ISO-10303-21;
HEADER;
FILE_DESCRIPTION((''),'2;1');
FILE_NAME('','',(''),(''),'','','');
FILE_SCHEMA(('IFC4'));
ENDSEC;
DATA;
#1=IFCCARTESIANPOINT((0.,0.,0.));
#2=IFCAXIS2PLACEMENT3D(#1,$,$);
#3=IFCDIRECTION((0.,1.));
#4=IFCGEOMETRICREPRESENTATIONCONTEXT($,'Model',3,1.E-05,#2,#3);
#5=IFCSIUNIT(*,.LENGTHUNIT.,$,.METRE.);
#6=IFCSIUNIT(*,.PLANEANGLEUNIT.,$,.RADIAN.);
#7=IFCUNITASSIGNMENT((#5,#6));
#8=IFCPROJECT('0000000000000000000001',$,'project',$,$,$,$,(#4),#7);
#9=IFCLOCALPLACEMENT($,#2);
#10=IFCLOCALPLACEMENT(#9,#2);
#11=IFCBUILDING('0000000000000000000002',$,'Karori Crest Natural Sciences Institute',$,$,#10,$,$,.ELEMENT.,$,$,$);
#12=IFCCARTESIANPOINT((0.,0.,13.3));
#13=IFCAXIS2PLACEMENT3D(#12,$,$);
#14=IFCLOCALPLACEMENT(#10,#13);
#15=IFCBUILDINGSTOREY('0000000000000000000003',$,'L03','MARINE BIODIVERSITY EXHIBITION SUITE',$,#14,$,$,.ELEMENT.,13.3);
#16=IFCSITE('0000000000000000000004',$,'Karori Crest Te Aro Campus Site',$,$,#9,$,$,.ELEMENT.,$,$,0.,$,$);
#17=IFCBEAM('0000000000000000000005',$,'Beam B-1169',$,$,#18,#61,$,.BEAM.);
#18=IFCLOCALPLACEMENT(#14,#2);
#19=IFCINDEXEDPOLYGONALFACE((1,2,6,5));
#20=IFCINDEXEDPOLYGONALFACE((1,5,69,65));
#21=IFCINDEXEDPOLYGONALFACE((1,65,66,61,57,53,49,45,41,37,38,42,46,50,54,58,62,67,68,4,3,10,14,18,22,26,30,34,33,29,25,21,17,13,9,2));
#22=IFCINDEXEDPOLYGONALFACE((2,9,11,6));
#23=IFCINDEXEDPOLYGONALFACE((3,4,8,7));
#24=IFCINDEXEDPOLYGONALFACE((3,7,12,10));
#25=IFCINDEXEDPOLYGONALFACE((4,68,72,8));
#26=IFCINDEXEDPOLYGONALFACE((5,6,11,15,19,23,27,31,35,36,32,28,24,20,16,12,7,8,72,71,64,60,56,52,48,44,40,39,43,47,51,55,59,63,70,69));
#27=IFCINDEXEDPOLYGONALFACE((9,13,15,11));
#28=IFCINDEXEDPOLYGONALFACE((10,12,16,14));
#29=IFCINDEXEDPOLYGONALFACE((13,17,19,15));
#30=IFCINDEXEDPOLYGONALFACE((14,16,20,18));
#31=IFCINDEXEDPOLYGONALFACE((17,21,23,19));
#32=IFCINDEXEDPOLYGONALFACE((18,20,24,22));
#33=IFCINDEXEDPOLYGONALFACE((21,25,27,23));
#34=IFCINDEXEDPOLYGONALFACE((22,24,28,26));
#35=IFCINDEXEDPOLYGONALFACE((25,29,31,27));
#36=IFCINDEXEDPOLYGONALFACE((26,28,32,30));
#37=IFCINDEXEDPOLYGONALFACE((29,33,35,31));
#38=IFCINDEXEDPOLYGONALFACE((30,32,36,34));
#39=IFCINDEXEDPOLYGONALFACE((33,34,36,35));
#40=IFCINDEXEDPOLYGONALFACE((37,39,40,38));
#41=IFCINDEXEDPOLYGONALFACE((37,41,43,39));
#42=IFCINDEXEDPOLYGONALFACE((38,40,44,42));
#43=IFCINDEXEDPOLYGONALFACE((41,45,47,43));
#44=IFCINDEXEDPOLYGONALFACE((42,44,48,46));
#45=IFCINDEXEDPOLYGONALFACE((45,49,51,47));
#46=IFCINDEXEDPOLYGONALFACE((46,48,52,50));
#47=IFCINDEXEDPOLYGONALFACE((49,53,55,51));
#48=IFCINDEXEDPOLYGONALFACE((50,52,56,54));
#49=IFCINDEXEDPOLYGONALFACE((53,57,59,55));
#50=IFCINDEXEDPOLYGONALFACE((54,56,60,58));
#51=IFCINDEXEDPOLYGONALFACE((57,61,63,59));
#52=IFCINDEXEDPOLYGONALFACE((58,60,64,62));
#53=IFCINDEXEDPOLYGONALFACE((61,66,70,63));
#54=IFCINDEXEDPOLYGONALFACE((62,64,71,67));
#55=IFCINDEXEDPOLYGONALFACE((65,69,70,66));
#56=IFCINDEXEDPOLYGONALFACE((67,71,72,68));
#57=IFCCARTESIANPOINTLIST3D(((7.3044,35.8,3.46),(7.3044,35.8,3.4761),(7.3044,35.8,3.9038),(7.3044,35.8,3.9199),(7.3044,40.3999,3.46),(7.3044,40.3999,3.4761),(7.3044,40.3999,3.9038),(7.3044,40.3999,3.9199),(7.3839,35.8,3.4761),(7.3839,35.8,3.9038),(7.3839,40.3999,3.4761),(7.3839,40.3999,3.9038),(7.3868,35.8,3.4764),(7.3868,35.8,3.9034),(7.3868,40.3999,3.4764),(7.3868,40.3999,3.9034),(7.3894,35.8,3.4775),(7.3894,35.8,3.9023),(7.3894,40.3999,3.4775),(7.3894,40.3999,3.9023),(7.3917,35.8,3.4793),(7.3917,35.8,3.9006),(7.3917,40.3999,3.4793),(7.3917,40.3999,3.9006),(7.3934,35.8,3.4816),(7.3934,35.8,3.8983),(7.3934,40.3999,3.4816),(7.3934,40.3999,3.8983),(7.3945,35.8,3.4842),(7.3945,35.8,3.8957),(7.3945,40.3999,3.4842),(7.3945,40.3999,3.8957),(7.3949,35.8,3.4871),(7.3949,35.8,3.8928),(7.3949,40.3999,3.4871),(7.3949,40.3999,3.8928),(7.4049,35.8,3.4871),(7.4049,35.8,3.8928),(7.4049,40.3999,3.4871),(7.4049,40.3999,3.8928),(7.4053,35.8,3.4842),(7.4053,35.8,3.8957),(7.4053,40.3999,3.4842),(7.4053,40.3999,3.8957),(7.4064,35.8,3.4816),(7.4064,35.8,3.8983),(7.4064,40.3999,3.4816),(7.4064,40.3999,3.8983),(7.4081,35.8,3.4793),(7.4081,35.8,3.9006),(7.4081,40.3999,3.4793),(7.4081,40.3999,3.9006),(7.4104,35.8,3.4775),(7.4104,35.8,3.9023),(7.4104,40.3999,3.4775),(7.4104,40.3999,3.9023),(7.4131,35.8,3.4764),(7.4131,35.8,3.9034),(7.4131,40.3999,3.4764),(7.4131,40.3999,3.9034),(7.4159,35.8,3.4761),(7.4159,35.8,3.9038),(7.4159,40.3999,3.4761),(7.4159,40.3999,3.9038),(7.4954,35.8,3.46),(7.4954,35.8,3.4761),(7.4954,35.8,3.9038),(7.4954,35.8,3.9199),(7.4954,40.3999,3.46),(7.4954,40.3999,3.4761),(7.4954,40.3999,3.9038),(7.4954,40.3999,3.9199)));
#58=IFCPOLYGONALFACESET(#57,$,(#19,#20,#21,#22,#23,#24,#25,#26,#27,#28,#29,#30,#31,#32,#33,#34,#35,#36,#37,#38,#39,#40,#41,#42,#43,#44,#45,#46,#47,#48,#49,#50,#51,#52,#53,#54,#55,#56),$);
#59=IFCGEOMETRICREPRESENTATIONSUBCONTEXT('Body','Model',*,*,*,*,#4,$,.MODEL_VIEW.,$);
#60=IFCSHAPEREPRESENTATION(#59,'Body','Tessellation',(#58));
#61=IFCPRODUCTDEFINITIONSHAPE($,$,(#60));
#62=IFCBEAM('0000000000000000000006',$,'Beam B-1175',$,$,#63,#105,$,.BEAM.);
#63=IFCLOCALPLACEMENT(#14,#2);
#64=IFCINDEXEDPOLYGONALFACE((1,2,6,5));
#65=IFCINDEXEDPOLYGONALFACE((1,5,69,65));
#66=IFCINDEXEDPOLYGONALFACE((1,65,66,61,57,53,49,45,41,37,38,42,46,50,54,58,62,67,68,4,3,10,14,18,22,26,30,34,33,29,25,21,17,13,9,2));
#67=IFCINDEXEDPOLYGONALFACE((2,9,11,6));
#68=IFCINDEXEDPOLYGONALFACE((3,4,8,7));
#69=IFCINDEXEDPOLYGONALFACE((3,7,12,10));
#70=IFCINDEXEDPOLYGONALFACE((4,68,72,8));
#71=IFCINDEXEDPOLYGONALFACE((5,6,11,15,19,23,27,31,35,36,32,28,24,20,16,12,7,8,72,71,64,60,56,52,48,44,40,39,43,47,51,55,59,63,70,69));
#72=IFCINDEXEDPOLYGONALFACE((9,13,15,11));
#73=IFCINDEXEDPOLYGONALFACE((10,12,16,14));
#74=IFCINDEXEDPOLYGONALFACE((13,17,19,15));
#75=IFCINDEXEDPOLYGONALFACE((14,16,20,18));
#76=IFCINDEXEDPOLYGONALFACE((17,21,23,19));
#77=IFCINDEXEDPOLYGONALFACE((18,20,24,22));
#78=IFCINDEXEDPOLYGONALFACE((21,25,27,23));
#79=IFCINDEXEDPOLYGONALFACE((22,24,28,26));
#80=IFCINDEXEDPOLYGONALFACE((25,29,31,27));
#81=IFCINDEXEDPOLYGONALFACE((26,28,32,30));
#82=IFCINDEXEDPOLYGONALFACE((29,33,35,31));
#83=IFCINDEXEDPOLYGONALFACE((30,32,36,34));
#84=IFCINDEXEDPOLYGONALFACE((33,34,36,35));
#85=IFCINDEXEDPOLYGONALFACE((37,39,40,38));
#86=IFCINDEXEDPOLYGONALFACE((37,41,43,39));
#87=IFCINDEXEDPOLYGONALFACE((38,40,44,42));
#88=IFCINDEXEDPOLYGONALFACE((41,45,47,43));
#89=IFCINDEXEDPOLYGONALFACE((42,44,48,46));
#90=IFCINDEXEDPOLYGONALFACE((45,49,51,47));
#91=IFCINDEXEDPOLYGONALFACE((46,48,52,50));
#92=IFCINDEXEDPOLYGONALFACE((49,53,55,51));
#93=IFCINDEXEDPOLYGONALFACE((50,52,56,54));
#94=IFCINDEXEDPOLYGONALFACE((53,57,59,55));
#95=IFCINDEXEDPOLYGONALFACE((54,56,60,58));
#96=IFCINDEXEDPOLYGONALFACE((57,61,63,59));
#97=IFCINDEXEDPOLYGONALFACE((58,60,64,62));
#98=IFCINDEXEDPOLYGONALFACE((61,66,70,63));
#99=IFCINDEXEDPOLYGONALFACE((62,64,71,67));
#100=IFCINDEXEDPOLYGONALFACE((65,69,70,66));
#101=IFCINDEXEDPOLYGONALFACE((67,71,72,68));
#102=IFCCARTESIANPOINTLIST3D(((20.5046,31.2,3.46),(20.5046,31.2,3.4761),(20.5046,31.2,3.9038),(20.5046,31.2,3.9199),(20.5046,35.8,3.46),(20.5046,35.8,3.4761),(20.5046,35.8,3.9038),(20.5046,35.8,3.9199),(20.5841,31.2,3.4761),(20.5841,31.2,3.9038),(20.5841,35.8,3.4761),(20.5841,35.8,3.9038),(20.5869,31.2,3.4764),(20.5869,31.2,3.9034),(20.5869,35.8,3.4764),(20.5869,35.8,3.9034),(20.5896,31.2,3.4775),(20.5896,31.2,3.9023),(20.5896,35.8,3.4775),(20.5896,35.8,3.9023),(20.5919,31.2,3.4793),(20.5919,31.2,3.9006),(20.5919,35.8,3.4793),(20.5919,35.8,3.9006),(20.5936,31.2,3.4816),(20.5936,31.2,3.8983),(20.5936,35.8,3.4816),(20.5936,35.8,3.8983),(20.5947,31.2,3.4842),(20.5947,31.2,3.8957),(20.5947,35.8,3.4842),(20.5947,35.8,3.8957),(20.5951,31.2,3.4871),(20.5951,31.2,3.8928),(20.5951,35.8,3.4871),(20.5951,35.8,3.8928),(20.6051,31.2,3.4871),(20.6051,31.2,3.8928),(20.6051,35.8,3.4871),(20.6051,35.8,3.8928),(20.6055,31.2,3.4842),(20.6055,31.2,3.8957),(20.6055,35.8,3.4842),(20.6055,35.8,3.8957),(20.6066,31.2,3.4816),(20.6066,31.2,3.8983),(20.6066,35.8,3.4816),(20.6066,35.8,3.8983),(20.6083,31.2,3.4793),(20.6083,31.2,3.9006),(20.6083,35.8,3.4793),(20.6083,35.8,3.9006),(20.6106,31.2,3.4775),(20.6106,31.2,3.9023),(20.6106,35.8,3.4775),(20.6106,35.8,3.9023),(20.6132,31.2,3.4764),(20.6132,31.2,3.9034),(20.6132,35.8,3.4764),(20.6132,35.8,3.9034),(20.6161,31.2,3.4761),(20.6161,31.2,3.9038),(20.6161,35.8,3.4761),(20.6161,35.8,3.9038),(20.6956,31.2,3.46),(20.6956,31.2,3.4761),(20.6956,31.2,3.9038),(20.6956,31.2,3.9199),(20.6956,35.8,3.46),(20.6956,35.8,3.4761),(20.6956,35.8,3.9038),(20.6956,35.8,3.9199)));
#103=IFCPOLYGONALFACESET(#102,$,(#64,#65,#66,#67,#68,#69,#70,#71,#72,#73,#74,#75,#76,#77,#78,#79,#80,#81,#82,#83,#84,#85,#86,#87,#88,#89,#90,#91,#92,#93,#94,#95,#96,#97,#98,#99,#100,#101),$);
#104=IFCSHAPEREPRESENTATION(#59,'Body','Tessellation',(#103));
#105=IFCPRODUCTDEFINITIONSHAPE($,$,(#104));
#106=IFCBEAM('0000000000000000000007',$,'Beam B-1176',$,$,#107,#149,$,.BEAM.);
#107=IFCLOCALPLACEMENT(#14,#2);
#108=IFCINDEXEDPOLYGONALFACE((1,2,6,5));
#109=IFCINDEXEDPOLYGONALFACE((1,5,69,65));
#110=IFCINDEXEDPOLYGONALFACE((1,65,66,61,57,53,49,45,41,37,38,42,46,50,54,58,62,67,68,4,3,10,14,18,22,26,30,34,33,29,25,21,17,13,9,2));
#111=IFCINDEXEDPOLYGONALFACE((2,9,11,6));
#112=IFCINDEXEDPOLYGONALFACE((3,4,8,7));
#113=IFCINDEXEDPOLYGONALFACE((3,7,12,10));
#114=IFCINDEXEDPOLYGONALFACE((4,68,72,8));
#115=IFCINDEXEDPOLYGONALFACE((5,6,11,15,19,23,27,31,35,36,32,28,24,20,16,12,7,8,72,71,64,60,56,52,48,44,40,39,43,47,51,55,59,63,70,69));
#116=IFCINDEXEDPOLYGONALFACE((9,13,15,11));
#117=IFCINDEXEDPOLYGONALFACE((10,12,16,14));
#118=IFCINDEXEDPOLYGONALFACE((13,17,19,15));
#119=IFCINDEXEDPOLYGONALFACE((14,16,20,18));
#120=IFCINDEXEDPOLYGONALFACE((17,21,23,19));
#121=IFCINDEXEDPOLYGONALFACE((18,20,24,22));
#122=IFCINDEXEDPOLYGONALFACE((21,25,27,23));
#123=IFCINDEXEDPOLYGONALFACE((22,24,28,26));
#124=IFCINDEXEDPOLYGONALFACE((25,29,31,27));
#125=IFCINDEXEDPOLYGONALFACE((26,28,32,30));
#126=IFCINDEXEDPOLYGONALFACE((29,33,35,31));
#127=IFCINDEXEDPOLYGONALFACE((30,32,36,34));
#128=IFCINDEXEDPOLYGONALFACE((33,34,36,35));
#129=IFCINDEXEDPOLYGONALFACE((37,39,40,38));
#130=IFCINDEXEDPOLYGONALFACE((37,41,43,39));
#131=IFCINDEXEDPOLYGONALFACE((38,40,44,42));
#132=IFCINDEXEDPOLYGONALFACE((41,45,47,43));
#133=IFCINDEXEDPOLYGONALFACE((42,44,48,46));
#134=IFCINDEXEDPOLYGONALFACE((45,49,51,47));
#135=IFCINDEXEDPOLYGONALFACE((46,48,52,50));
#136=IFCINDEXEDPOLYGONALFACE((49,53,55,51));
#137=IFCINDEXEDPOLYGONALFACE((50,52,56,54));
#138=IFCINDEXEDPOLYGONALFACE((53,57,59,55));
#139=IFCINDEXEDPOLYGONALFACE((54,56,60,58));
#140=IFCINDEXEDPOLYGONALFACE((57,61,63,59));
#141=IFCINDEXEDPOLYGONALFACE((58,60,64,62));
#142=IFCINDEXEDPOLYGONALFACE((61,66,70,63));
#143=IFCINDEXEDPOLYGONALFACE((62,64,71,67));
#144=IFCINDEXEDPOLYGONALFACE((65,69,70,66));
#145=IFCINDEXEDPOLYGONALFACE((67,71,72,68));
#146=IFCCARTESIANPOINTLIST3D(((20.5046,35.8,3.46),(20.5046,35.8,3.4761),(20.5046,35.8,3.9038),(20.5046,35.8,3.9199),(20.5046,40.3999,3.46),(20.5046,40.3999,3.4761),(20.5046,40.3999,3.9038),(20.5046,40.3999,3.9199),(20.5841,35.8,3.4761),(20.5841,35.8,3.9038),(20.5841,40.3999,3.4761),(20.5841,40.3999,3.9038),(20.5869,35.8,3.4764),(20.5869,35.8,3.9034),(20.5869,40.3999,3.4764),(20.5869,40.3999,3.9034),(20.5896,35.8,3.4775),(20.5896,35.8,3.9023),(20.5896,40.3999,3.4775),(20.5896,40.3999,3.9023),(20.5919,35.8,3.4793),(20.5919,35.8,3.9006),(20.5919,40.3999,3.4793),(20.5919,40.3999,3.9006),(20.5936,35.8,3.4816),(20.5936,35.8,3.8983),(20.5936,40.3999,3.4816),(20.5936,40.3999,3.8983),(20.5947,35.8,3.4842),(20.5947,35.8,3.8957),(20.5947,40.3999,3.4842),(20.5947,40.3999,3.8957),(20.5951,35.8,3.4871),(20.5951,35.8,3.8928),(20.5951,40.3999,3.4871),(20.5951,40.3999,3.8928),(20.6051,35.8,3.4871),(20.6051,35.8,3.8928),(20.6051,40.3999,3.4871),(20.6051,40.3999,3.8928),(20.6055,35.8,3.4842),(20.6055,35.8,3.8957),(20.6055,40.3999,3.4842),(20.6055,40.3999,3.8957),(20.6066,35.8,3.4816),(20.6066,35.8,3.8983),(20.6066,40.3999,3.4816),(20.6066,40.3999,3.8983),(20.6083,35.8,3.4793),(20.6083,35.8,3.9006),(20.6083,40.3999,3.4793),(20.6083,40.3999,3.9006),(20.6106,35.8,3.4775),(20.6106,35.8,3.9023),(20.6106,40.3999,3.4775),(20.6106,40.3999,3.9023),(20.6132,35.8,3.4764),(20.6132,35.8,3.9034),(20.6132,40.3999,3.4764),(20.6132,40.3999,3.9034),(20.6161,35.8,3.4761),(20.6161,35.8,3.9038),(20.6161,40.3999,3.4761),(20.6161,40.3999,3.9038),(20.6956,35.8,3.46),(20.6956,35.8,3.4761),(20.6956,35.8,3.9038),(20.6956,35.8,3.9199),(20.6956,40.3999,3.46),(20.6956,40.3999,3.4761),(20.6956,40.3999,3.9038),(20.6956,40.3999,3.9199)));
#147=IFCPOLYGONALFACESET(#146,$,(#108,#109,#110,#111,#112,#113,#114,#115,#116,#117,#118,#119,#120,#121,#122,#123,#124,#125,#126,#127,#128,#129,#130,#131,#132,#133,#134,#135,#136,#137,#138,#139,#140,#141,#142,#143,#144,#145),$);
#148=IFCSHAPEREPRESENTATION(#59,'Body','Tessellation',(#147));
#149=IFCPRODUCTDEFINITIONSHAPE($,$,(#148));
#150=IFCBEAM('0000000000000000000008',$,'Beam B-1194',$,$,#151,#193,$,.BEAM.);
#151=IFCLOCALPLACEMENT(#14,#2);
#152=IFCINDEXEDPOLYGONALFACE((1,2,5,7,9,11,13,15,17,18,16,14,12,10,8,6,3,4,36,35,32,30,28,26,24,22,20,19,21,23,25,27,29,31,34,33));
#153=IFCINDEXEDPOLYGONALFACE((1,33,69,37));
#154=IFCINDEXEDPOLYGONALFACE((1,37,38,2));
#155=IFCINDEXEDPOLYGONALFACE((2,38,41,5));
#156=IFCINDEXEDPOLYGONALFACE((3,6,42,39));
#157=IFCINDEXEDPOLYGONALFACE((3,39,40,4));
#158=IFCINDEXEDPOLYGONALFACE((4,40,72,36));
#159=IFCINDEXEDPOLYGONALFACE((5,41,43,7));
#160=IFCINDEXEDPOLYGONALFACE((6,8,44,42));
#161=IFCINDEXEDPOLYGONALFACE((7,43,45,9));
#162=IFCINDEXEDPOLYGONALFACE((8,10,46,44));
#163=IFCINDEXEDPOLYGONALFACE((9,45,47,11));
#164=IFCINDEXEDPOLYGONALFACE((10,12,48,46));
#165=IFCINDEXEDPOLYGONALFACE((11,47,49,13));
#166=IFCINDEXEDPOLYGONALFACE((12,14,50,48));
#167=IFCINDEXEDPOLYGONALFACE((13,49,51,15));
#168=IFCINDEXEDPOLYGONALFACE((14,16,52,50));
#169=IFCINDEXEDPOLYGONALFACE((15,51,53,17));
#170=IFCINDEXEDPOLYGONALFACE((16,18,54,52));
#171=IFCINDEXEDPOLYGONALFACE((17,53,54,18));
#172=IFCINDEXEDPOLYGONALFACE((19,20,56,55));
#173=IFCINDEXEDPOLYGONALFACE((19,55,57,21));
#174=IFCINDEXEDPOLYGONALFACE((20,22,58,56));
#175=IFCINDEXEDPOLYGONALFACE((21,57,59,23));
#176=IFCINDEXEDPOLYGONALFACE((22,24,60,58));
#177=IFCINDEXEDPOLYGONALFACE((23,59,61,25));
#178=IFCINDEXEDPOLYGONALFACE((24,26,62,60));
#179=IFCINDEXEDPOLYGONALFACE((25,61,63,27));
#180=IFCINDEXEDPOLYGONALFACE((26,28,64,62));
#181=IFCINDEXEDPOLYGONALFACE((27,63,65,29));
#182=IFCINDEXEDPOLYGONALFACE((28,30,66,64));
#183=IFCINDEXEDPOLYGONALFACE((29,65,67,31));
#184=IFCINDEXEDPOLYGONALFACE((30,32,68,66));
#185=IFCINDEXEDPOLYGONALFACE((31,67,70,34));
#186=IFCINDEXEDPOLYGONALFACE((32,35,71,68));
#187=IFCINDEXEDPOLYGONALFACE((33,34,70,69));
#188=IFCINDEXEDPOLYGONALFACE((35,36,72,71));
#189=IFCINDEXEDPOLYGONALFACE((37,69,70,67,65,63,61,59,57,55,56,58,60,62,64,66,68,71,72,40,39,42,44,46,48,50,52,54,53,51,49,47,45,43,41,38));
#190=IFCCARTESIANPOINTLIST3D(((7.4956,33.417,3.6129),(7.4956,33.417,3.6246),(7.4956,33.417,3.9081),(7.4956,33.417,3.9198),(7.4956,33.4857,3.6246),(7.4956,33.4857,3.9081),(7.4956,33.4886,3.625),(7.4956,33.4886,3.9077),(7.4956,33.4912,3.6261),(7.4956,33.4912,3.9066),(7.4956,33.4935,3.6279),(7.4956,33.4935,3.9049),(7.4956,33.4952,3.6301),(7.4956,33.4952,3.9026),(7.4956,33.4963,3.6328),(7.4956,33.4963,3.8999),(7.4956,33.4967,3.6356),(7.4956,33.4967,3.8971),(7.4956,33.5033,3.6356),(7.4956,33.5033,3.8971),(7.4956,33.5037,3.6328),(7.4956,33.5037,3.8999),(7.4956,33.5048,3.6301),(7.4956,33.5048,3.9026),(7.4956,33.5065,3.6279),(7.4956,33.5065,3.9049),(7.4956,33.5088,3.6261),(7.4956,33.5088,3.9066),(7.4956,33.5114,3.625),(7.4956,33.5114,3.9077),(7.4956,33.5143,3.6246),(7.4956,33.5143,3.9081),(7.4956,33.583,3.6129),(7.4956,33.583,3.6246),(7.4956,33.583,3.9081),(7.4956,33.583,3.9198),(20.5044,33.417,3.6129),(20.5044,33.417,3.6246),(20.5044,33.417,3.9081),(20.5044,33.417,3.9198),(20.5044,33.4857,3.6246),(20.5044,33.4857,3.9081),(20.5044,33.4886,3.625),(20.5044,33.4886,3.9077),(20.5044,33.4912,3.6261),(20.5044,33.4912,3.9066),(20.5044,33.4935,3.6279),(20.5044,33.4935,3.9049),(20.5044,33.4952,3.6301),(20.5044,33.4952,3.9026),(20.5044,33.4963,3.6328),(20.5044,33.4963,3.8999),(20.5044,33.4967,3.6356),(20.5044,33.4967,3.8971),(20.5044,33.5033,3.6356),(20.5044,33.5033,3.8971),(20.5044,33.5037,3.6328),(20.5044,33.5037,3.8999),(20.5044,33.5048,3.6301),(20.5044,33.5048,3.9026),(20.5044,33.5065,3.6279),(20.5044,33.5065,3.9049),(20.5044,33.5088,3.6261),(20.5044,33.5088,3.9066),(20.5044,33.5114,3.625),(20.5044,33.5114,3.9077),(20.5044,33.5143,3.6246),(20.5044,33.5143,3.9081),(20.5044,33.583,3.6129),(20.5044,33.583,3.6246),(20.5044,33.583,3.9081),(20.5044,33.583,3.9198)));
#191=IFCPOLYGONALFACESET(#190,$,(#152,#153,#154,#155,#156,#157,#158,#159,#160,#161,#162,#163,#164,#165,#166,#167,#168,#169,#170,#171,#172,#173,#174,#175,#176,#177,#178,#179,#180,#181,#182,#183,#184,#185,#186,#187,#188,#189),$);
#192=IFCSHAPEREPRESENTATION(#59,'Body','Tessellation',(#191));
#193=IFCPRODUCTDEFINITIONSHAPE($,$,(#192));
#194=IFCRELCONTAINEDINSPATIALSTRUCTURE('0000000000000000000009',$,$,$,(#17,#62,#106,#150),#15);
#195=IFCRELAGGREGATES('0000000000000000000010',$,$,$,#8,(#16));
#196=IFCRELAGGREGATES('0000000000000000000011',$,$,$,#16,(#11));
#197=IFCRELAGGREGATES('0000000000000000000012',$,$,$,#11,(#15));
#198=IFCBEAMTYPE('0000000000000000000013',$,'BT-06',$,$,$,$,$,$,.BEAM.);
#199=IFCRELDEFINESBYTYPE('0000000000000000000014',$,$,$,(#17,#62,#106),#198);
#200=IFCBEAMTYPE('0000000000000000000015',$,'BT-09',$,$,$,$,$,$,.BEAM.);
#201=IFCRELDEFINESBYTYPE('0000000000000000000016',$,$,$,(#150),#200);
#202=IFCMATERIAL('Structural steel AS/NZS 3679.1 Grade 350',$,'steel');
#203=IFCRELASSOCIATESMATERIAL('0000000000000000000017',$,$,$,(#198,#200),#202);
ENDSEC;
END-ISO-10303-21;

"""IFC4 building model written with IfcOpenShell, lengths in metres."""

from ifc_helpers import new_model, si_unit, direction, frame, origin, origin_2d, place, context, subcontext, project, spatial, i_section, extrude, material, material_profile, profile_set, type_object, element, save


model = new_model("IFC4")

# Units and contexts
model_context = context("Model", 3, precision=1e-05, world=origin(), true_north=direction((0.0, 1.0)))
body_context = subcontext(model_context, "Body", "Model", "MODEL_VIEW")
ifc_project = project(units=[si_unit("LENGTHUNIT", "METRE"), si_unit("PLANEANGLEUNIT", "RADIAN")], contexts=[model_context])

# Site, building, storey
site_placement = place(None, origin())
site = spatial("IfcSite", under=ifc_project, at=site_placement, Name="Karori Crest Te Aro Campus Site", CompositionType="ELEMENT", RefElevation=0.0)
building_placement = place(site_placement, origin())
building = spatial("IfcBuilding", under=site, at=building_placement, Name="Karori Crest Natural Sciences Institute", CompositionType="ELEMENT")
storey_placement = place(building_placement, frame((0.0, 0.0, 13.3)))
storey = spatial("IfcBuildingStorey", under=building, at=storey_placement, Name="L03", Description="MARINE BIODIVERSITY EXHIBITION SUITE", CompositionType="ELEMENT", Elevation=13.3)

# Shared definitions
ifc_material_1 = material(Name="Structural steel AS/NZS 3679.1 Grade 350", Category="steel")

# Beams
ifc_material_profile_1 = material_profile(ifc_material_1, i_section(OverallWidth=0.1909, OverallDepth=0.46, WebThickness=0.01, FlangeThickness=0.0161, FilletRadius=0.011, at=origin_2d()), Name="460UB82.1")
ifc_profile_set_1 = profile_set([ifc_material_profile_1], Name="Structural steel AS/NZS 3679.1 Grade 350")
beam_type_1 = type_object("IfcBeamType", Name="BT-06", PredefinedType="BEAM", material=ifc_profile_set_1)
beam_1_placement = place(storey_placement, frame((7.3999, 35.8, 3.6899), z_axis=(0.0, 1.0, 0.0), x_axis=(-1.0, 0.0, 0.0)))
element("IfcBeam", 1, at=beam_1_placement, inside=storey, type_object=beam_type_1, Name="Beam B-1169", PredefinedType="BEAM", context=body_context, shape_type="SweptSolid", body=[
    extrude(i_section(OverallWidth=0.1909, OverallDepth=0.46, WebThickness=0.01, FlangeThickness=0.0161, FilletRadius=0.011, at=origin_2d()), origin(), (0.0, 0.0, 1.0), 4.5999),
])
beam_2_placement = place(storey_placement, frame((20.6001, 31.2, 3.6899), z_axis=(0.0, 1.0, 0.0), x_axis=(-1.0, 0.0, 0.0)))
element("IfcBeam", 2, at=beam_2_placement, inside=storey, type_object=beam_type_1, Name="Beam B-1175", PredefinedType="BEAM", context=body_context, shape_type="SweptSolid", body=[
    extrude(i_section(OverallWidth=0.1909, OverallDepth=0.46, WebThickness=0.01, FlangeThickness=0.0161, FilletRadius=0.011, at=origin_2d()), origin(), (0.0, 0.0, 1.0), 4.6001),
])
beam_3_placement = place(storey_placement, frame((20.6001, 35.8, 3.6899), z_axis=(0.0, 1.0, 0.0), x_axis=(-1.0, 0.0, 0.0)))
element("IfcBeam", 3, at=beam_3_placement, inside=storey, type_object=beam_type_1, Name="Beam B-1176", PredefinedType="BEAM", context=body_context, shape_type="SweptSolid", body=[
    extrude(i_section(OverallWidth=0.1909, OverallDepth=0.46, WebThickness=0.01, FlangeThickness=0.0161, FilletRadius=0.011, at=origin_2d()), origin(), (0.0, 0.0, 1.0), 4.5999),
])
ifc_material_profile_2 = material_profile(ifc_material_1, i_section(OverallWidth=0.166, OverallDepth=0.3069, WebThickness=0.0066, FlangeThickness=0.0117, FilletRadius=0.011, at=origin_2d()), Name="310UB46.2")
ifc_profile_set_2 = profile_set([ifc_material_profile_2], Name="Structural steel AS/NZS 3679.1 Grade 350")
beam_type_2 = type_object("IfcBeamType", Name="BT-09", PredefinedType="BEAM", material=ifc_profile_set_2)
beam_4_placement = place(storey_placement, frame((7.4956, 33.5, 3.7664), z_axis=(1.0, 0.0, 0.0), x_axis=(0.0, 1.0, 0.0)))
element("IfcBeam", 4, at=beam_4_placement, inside=storey, type_object=beam_type_2, Name="Beam B-1194", PredefinedType="BEAM", context=body_context, shape_type="SweptSolid", body=[
    extrude(i_section(OverallWidth=0.166, OverallDepth=0.3069, WebThickness=0.0066, FlangeThickness=0.0117, FilletRadius=0.011, at=origin_2d()), origin(), (0.0, 0.0, 1.0), 13.0088),
])

save(model, "model.ifc")
